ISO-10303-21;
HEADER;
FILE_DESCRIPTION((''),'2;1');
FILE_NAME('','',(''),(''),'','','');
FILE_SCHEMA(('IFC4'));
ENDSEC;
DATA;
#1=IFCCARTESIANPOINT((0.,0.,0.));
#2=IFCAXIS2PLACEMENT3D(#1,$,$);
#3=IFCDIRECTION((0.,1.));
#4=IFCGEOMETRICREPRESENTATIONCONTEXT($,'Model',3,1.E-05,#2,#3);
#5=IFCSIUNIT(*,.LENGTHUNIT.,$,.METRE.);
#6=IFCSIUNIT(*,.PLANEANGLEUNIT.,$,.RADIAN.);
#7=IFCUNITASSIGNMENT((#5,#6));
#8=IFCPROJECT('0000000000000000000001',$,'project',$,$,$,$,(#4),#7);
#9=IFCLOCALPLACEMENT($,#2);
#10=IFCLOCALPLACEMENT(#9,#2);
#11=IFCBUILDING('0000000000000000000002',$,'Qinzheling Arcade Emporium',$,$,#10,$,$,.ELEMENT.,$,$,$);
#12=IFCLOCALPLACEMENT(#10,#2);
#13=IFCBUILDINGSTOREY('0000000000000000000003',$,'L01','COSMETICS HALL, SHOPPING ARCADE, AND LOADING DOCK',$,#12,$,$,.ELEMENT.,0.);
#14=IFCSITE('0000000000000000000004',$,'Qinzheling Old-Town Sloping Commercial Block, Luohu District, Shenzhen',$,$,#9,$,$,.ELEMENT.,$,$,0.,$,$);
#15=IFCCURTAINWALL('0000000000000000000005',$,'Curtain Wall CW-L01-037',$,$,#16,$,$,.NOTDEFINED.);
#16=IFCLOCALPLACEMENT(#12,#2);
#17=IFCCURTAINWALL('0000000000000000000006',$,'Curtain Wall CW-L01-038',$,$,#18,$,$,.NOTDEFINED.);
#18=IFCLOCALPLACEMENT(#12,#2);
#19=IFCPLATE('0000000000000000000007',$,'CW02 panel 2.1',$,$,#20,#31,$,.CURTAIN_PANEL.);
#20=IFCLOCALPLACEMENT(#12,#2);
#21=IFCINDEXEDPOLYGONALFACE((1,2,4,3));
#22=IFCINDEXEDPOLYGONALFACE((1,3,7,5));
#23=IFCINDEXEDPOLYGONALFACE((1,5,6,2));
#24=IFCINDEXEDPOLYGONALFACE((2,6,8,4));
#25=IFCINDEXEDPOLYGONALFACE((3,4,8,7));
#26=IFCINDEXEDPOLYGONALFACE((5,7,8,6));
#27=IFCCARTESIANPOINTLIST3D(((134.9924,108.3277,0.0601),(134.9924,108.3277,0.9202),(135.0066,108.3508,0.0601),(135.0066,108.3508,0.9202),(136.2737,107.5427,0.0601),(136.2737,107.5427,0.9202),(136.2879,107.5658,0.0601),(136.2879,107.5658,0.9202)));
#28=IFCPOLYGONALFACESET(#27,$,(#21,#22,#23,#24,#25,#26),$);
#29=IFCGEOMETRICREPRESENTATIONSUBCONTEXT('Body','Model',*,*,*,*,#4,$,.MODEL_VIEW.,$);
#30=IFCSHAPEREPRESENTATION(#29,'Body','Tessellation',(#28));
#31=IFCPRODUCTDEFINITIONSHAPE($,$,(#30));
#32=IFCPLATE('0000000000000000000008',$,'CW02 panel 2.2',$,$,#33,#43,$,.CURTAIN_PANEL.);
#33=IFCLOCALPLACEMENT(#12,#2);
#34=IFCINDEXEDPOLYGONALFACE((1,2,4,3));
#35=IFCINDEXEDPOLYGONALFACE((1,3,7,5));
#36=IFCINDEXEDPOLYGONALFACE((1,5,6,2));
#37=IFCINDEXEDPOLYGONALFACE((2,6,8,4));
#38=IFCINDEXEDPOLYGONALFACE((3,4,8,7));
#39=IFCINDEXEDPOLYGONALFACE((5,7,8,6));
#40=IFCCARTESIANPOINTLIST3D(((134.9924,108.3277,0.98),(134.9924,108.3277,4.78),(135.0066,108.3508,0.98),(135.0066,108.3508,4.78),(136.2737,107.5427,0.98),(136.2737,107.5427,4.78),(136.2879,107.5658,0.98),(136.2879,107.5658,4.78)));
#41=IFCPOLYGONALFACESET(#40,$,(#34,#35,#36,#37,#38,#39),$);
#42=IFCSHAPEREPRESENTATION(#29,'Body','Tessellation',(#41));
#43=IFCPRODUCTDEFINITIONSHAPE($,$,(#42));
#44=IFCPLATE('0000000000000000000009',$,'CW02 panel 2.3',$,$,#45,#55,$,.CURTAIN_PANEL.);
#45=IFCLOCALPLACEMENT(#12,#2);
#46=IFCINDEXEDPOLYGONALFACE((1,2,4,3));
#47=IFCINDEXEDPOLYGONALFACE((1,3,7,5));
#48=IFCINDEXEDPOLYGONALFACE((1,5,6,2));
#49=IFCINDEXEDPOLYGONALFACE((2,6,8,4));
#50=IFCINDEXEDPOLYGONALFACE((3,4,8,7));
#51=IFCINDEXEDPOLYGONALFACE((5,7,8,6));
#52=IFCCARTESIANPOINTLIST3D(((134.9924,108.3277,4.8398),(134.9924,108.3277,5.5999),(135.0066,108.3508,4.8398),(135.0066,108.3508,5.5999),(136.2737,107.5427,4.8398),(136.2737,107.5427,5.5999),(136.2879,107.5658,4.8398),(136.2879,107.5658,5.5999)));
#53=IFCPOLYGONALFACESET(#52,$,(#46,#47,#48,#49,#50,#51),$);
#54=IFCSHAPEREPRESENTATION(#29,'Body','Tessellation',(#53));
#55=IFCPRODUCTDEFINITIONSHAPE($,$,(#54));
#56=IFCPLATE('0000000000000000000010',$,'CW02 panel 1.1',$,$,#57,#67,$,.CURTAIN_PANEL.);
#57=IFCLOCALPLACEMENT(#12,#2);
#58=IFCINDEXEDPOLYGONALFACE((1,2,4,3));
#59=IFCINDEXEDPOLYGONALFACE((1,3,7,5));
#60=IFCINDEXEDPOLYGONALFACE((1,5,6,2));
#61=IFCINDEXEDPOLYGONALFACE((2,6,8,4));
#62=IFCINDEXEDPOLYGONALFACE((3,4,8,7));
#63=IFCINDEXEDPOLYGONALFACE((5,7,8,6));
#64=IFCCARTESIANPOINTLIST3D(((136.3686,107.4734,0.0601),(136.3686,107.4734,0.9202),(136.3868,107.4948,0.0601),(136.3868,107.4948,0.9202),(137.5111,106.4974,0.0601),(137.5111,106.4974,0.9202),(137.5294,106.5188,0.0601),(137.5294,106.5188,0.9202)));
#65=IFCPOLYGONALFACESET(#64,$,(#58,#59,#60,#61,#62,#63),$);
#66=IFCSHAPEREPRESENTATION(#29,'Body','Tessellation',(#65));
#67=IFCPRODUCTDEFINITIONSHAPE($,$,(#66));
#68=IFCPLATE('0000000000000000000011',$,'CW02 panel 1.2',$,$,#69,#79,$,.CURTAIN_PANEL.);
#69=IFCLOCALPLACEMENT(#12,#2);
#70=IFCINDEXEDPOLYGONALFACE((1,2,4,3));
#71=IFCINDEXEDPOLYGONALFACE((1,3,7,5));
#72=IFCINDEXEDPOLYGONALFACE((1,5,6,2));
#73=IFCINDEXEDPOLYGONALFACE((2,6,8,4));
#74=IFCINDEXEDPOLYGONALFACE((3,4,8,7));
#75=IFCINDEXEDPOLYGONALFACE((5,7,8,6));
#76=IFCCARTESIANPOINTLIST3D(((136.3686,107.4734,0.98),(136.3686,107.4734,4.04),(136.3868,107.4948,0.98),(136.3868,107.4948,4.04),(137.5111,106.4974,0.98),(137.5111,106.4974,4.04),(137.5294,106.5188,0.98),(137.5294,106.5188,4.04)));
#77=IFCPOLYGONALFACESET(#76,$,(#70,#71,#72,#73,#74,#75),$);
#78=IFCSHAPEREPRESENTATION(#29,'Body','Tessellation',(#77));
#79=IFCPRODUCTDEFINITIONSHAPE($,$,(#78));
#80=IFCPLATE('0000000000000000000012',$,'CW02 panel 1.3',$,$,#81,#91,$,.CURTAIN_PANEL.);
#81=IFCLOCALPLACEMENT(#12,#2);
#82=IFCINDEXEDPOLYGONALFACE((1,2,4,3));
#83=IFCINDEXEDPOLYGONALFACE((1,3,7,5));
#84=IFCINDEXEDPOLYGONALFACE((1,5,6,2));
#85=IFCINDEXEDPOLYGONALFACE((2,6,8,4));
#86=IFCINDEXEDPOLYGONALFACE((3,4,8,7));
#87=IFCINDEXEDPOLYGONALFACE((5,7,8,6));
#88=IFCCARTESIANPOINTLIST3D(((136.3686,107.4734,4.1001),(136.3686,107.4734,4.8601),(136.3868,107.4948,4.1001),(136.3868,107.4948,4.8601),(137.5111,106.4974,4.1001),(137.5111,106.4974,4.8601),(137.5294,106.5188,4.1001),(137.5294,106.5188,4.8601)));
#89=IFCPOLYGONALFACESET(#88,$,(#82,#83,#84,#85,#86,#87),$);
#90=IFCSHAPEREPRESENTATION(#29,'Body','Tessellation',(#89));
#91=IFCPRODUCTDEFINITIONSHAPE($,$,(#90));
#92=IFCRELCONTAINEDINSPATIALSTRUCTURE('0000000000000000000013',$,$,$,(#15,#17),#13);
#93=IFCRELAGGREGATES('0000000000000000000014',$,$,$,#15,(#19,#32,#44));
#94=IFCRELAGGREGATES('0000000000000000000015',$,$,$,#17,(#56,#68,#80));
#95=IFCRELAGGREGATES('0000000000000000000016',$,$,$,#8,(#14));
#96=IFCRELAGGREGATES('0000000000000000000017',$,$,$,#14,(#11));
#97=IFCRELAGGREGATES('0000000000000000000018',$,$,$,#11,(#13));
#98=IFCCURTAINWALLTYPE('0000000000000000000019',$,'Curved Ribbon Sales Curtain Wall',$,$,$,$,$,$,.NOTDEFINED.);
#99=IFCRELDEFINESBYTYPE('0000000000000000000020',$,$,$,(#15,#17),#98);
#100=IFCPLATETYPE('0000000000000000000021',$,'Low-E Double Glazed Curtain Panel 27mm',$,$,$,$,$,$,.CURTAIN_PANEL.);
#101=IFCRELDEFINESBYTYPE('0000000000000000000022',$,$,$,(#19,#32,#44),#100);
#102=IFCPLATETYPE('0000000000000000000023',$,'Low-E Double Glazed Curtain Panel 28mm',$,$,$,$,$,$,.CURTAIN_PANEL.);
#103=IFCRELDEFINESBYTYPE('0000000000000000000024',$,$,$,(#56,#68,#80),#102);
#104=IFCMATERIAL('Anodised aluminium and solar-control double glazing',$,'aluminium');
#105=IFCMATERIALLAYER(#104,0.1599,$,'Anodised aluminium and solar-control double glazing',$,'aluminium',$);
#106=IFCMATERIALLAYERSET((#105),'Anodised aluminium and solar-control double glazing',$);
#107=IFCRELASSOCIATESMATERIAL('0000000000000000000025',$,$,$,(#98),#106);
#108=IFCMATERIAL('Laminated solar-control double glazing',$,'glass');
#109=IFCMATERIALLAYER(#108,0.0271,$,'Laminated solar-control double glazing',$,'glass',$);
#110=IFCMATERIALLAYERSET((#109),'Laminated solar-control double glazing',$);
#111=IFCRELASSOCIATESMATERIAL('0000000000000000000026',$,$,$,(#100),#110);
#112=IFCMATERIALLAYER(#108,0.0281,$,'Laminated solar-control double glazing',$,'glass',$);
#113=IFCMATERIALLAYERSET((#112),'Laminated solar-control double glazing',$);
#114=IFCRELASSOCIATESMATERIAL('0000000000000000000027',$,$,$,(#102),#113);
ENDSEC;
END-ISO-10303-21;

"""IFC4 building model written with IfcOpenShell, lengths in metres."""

from ifc_helpers import new_model, si_unit, direction, frame, origin, origin_2d, place, context, subcontext, project, spatial, rectangle, extrude, material, layer, layer_set, type_object, element, aggregate, save


model = new_model("IFC4")

# Units and contexts
model_context = context("Model", 3, precision=1e-05, world=origin(), true_north=direction((0.0, 1.0)))
body_context = subcontext(model_context, "Body", "Model", "MODEL_VIEW")
ifc_project = project(units=[si_unit("LENGTHUNIT", "METRE"), si_unit("PLANEANGLEUNIT", "RADIAN")], contexts=[model_context])

# Site, building, storey
site_placement = place(None, origin())
site = spatial("IfcSite", under=ifc_project, at=site_placement, Name="Qinzheling Old-Town Sloping Commercial Block, Luohu District, Shenzhen", CompositionType="ELEMENT", RefElevation=0.0)
building_placement = place(site_placement, origin())
building = spatial("IfcBuilding", under=site, at=building_placement, Name="Qinzheling Arcade Emporium", CompositionType="ELEMENT")
storey_placement = place(building_placement, origin())
storey = spatial("IfcBuildingStorey", under=building, at=storey_placement, Name="L01", Description="COSMETICS HALL, SHOPPING ARCADE, AND LOADING DOCK", CompositionType="ELEMENT", Elevation=0.0)

# Curtain wall
ifc_material_1 = material(Name="Anodised aluminium and solar-control double glazing", Category="aluminium")
ifc_layer_1 = layer(ifc_material_1, 0.1599, Name="Anodised aluminium and solar-control double glazing", Category="aluminium")
ifc_layer_set_1 = layer_set([ifc_layer_1], Name="Anodised aluminium and solar-control double glazing")
curtain_wall_type = type_object("IfcCurtainWallType", Name="Curved Ribbon Sales Curtain Wall", PredefinedType="NOTDEFINED", material=ifc_layer_set_1)
curtain_wall_1_placement = place(storey_placement, origin())
curtain_wall_1 = element("IfcCurtainWall", 1, at=curtain_wall_1_placement, inside=storey, type_object=curtain_wall_type, Name="Curtain Wall CW-L01-037", PredefinedType="NOTDEFINED")

# Curtain wall
curtain_wall_2_placement = place(storey_placement, origin())
curtain_wall_2 = element("IfcCurtainWall", 2, at=curtain_wall_2_placement, inside=storey, type_object=curtain_wall_type, Name="Curtain Wall CW-L01-038", PredefinedType="NOTDEFINED")

# Plates
ifc_material_2 = material(Name="Laminated solar-control double glazing", Category="glass")
ifc_layer_2 = layer(ifc_material_2, 0.0271, Name="Laminated solar-control double glazing", Category="glass")
ifc_layer_set_2 = layer_set([ifc_layer_2], Name="Laminated solar-control double glazing")
plate_type_1 = type_object("IfcPlateType", Name="Low-E Double Glazed Curtain Panel 27mm", PredefinedType="CURTAIN_PANEL", material=ifc_layer_set_2)
plate_1_placement = place(storey_placement, frame((135.6401, 107.9468, 0.0601), z_axis=(0.0, 0.0, 1.0), x_axis=(0.852691, -0.522415, 0.0)))
plate_1 = element("IfcPlate", 3, at=plate_1_placement, type_object=plate_type_1, Name="CW02 panel 2.1", PredefinedType="CURTAIN_PANEL", context=body_context, shape_type="SweptSolid", body=[
    extrude(rectangle(XDim=1.5027, YDim=0.0271, at=origin_2d()), origin(), (0.0, 0.0, 1.0), 0.8601),
])
plate_2_placement = place(storey_placement, frame((135.6401, 107.9468, 0.98), z_axis=(0.0, 0.0, 1.0), x_axis=(0.852691, -0.522415, 0.0)))
plate_2 = element("IfcPlate", 4, at=plate_2_placement, type_object=plate_type_1, Name="CW02 panel 2.2", PredefinedType="CURTAIN_PANEL", context=body_context, shape_type="SweptSolid", body=[
    extrude(rectangle(XDim=1.5027, YDim=0.0271, at=origin_2d()), origin(), (0.0, 0.0, 1.0), 3.8),
])
plate_3_placement = place(storey_placement, frame((135.6401, 107.9468, 4.8398), z_axis=(0.0, 0.0, 1.0), x_axis=(0.852691, -0.522415, 0.0)))
plate_3 = element("IfcPlate", 5, at=plate_3_placement, type_object=plate_type_1, Name="CW02 panel 2.3", PredefinedType="CURTAIN_PANEL", context=body_context, shape_type="SweptSolid", body=[
    extrude(rectangle(XDim=1.5027, YDim=0.0271, at=origin_2d()), origin(), (0.0, 0.0, 1.0), 0.76),
])
aggregate(curtain_wall_1, [plate_1, plate_2, plate_3])
ifc_layer_3 = layer(ifc_material_2, 0.0281, Name="Laminated solar-control double glazing", Category="glass")
ifc_layer_set_3 = layer_set([ifc_layer_3], Name="Laminated solar-control double glazing")
plate_type_2 = type_object("IfcPlateType", Name="Low-E Double Glazed Curtain Panel 28mm", PredefinedType="CURTAIN_PANEL", material=ifc_layer_set_3)
plate_4_placement = place(storey_placement, frame((136.949, 106.9961, 0.0601), z_axis=(0.0, 0.0, 1.0), x_axis=(0.760341, -0.649524, 0.0)))
plate_4 = element("IfcPlate", 6, at=plate_4_placement, type_object=plate_type_2, Name="CW02 panel 1.1", PredefinedType="CURTAIN_PANEL", context=body_context, shape_type="SweptSolid", body=[
    extrude(rectangle(XDim=1.5027, YDim=0.0281, at=origin_2d()), origin(), (0.0, 0.0, 1.0), 0.8601),
])
plate_5_placement = place(storey_placement, frame((136.949, 106.9961, 0.98), z_axis=(0.0, 0.0, 1.0), x_axis=(0.760341, -0.649524, 0.0)))
plate_5 = element("IfcPlate", 7, at=plate_5_placement, type_object=plate_type_2, Name="CW02 panel 1.2", PredefinedType="CURTAIN_PANEL", context=body_context, shape_type="SweptSolid", body=[
    extrude(rectangle(XDim=1.5027, YDim=0.0281, at=origin_2d()), origin(), (0.0, 0.0, 1.0), 3.0601),
])
plate_6_placement = place(storey_placement, frame((136.949, 106.9961, 4.1001), z_axis=(0.0, 0.0, 1.0), x_axis=(0.760341, -0.649524, 0.0)))
plate_6 = element("IfcPlate", 8, at=plate_6_placement, type_object=plate_type_2, Name="CW02 panel 1.3", PredefinedType="CURTAIN_PANEL", context=body_context, shape_type="SweptSolid", body=[
    extrude(rectangle(XDim=1.5027, YDim=0.0281, at=origin_2d()), origin(), (0.0, 0.0, 1.0), 0.76),
])
aggregate(curtain_wall_2, [plate_4, plate_5, plate_6])

save(model, "model.ifc")
